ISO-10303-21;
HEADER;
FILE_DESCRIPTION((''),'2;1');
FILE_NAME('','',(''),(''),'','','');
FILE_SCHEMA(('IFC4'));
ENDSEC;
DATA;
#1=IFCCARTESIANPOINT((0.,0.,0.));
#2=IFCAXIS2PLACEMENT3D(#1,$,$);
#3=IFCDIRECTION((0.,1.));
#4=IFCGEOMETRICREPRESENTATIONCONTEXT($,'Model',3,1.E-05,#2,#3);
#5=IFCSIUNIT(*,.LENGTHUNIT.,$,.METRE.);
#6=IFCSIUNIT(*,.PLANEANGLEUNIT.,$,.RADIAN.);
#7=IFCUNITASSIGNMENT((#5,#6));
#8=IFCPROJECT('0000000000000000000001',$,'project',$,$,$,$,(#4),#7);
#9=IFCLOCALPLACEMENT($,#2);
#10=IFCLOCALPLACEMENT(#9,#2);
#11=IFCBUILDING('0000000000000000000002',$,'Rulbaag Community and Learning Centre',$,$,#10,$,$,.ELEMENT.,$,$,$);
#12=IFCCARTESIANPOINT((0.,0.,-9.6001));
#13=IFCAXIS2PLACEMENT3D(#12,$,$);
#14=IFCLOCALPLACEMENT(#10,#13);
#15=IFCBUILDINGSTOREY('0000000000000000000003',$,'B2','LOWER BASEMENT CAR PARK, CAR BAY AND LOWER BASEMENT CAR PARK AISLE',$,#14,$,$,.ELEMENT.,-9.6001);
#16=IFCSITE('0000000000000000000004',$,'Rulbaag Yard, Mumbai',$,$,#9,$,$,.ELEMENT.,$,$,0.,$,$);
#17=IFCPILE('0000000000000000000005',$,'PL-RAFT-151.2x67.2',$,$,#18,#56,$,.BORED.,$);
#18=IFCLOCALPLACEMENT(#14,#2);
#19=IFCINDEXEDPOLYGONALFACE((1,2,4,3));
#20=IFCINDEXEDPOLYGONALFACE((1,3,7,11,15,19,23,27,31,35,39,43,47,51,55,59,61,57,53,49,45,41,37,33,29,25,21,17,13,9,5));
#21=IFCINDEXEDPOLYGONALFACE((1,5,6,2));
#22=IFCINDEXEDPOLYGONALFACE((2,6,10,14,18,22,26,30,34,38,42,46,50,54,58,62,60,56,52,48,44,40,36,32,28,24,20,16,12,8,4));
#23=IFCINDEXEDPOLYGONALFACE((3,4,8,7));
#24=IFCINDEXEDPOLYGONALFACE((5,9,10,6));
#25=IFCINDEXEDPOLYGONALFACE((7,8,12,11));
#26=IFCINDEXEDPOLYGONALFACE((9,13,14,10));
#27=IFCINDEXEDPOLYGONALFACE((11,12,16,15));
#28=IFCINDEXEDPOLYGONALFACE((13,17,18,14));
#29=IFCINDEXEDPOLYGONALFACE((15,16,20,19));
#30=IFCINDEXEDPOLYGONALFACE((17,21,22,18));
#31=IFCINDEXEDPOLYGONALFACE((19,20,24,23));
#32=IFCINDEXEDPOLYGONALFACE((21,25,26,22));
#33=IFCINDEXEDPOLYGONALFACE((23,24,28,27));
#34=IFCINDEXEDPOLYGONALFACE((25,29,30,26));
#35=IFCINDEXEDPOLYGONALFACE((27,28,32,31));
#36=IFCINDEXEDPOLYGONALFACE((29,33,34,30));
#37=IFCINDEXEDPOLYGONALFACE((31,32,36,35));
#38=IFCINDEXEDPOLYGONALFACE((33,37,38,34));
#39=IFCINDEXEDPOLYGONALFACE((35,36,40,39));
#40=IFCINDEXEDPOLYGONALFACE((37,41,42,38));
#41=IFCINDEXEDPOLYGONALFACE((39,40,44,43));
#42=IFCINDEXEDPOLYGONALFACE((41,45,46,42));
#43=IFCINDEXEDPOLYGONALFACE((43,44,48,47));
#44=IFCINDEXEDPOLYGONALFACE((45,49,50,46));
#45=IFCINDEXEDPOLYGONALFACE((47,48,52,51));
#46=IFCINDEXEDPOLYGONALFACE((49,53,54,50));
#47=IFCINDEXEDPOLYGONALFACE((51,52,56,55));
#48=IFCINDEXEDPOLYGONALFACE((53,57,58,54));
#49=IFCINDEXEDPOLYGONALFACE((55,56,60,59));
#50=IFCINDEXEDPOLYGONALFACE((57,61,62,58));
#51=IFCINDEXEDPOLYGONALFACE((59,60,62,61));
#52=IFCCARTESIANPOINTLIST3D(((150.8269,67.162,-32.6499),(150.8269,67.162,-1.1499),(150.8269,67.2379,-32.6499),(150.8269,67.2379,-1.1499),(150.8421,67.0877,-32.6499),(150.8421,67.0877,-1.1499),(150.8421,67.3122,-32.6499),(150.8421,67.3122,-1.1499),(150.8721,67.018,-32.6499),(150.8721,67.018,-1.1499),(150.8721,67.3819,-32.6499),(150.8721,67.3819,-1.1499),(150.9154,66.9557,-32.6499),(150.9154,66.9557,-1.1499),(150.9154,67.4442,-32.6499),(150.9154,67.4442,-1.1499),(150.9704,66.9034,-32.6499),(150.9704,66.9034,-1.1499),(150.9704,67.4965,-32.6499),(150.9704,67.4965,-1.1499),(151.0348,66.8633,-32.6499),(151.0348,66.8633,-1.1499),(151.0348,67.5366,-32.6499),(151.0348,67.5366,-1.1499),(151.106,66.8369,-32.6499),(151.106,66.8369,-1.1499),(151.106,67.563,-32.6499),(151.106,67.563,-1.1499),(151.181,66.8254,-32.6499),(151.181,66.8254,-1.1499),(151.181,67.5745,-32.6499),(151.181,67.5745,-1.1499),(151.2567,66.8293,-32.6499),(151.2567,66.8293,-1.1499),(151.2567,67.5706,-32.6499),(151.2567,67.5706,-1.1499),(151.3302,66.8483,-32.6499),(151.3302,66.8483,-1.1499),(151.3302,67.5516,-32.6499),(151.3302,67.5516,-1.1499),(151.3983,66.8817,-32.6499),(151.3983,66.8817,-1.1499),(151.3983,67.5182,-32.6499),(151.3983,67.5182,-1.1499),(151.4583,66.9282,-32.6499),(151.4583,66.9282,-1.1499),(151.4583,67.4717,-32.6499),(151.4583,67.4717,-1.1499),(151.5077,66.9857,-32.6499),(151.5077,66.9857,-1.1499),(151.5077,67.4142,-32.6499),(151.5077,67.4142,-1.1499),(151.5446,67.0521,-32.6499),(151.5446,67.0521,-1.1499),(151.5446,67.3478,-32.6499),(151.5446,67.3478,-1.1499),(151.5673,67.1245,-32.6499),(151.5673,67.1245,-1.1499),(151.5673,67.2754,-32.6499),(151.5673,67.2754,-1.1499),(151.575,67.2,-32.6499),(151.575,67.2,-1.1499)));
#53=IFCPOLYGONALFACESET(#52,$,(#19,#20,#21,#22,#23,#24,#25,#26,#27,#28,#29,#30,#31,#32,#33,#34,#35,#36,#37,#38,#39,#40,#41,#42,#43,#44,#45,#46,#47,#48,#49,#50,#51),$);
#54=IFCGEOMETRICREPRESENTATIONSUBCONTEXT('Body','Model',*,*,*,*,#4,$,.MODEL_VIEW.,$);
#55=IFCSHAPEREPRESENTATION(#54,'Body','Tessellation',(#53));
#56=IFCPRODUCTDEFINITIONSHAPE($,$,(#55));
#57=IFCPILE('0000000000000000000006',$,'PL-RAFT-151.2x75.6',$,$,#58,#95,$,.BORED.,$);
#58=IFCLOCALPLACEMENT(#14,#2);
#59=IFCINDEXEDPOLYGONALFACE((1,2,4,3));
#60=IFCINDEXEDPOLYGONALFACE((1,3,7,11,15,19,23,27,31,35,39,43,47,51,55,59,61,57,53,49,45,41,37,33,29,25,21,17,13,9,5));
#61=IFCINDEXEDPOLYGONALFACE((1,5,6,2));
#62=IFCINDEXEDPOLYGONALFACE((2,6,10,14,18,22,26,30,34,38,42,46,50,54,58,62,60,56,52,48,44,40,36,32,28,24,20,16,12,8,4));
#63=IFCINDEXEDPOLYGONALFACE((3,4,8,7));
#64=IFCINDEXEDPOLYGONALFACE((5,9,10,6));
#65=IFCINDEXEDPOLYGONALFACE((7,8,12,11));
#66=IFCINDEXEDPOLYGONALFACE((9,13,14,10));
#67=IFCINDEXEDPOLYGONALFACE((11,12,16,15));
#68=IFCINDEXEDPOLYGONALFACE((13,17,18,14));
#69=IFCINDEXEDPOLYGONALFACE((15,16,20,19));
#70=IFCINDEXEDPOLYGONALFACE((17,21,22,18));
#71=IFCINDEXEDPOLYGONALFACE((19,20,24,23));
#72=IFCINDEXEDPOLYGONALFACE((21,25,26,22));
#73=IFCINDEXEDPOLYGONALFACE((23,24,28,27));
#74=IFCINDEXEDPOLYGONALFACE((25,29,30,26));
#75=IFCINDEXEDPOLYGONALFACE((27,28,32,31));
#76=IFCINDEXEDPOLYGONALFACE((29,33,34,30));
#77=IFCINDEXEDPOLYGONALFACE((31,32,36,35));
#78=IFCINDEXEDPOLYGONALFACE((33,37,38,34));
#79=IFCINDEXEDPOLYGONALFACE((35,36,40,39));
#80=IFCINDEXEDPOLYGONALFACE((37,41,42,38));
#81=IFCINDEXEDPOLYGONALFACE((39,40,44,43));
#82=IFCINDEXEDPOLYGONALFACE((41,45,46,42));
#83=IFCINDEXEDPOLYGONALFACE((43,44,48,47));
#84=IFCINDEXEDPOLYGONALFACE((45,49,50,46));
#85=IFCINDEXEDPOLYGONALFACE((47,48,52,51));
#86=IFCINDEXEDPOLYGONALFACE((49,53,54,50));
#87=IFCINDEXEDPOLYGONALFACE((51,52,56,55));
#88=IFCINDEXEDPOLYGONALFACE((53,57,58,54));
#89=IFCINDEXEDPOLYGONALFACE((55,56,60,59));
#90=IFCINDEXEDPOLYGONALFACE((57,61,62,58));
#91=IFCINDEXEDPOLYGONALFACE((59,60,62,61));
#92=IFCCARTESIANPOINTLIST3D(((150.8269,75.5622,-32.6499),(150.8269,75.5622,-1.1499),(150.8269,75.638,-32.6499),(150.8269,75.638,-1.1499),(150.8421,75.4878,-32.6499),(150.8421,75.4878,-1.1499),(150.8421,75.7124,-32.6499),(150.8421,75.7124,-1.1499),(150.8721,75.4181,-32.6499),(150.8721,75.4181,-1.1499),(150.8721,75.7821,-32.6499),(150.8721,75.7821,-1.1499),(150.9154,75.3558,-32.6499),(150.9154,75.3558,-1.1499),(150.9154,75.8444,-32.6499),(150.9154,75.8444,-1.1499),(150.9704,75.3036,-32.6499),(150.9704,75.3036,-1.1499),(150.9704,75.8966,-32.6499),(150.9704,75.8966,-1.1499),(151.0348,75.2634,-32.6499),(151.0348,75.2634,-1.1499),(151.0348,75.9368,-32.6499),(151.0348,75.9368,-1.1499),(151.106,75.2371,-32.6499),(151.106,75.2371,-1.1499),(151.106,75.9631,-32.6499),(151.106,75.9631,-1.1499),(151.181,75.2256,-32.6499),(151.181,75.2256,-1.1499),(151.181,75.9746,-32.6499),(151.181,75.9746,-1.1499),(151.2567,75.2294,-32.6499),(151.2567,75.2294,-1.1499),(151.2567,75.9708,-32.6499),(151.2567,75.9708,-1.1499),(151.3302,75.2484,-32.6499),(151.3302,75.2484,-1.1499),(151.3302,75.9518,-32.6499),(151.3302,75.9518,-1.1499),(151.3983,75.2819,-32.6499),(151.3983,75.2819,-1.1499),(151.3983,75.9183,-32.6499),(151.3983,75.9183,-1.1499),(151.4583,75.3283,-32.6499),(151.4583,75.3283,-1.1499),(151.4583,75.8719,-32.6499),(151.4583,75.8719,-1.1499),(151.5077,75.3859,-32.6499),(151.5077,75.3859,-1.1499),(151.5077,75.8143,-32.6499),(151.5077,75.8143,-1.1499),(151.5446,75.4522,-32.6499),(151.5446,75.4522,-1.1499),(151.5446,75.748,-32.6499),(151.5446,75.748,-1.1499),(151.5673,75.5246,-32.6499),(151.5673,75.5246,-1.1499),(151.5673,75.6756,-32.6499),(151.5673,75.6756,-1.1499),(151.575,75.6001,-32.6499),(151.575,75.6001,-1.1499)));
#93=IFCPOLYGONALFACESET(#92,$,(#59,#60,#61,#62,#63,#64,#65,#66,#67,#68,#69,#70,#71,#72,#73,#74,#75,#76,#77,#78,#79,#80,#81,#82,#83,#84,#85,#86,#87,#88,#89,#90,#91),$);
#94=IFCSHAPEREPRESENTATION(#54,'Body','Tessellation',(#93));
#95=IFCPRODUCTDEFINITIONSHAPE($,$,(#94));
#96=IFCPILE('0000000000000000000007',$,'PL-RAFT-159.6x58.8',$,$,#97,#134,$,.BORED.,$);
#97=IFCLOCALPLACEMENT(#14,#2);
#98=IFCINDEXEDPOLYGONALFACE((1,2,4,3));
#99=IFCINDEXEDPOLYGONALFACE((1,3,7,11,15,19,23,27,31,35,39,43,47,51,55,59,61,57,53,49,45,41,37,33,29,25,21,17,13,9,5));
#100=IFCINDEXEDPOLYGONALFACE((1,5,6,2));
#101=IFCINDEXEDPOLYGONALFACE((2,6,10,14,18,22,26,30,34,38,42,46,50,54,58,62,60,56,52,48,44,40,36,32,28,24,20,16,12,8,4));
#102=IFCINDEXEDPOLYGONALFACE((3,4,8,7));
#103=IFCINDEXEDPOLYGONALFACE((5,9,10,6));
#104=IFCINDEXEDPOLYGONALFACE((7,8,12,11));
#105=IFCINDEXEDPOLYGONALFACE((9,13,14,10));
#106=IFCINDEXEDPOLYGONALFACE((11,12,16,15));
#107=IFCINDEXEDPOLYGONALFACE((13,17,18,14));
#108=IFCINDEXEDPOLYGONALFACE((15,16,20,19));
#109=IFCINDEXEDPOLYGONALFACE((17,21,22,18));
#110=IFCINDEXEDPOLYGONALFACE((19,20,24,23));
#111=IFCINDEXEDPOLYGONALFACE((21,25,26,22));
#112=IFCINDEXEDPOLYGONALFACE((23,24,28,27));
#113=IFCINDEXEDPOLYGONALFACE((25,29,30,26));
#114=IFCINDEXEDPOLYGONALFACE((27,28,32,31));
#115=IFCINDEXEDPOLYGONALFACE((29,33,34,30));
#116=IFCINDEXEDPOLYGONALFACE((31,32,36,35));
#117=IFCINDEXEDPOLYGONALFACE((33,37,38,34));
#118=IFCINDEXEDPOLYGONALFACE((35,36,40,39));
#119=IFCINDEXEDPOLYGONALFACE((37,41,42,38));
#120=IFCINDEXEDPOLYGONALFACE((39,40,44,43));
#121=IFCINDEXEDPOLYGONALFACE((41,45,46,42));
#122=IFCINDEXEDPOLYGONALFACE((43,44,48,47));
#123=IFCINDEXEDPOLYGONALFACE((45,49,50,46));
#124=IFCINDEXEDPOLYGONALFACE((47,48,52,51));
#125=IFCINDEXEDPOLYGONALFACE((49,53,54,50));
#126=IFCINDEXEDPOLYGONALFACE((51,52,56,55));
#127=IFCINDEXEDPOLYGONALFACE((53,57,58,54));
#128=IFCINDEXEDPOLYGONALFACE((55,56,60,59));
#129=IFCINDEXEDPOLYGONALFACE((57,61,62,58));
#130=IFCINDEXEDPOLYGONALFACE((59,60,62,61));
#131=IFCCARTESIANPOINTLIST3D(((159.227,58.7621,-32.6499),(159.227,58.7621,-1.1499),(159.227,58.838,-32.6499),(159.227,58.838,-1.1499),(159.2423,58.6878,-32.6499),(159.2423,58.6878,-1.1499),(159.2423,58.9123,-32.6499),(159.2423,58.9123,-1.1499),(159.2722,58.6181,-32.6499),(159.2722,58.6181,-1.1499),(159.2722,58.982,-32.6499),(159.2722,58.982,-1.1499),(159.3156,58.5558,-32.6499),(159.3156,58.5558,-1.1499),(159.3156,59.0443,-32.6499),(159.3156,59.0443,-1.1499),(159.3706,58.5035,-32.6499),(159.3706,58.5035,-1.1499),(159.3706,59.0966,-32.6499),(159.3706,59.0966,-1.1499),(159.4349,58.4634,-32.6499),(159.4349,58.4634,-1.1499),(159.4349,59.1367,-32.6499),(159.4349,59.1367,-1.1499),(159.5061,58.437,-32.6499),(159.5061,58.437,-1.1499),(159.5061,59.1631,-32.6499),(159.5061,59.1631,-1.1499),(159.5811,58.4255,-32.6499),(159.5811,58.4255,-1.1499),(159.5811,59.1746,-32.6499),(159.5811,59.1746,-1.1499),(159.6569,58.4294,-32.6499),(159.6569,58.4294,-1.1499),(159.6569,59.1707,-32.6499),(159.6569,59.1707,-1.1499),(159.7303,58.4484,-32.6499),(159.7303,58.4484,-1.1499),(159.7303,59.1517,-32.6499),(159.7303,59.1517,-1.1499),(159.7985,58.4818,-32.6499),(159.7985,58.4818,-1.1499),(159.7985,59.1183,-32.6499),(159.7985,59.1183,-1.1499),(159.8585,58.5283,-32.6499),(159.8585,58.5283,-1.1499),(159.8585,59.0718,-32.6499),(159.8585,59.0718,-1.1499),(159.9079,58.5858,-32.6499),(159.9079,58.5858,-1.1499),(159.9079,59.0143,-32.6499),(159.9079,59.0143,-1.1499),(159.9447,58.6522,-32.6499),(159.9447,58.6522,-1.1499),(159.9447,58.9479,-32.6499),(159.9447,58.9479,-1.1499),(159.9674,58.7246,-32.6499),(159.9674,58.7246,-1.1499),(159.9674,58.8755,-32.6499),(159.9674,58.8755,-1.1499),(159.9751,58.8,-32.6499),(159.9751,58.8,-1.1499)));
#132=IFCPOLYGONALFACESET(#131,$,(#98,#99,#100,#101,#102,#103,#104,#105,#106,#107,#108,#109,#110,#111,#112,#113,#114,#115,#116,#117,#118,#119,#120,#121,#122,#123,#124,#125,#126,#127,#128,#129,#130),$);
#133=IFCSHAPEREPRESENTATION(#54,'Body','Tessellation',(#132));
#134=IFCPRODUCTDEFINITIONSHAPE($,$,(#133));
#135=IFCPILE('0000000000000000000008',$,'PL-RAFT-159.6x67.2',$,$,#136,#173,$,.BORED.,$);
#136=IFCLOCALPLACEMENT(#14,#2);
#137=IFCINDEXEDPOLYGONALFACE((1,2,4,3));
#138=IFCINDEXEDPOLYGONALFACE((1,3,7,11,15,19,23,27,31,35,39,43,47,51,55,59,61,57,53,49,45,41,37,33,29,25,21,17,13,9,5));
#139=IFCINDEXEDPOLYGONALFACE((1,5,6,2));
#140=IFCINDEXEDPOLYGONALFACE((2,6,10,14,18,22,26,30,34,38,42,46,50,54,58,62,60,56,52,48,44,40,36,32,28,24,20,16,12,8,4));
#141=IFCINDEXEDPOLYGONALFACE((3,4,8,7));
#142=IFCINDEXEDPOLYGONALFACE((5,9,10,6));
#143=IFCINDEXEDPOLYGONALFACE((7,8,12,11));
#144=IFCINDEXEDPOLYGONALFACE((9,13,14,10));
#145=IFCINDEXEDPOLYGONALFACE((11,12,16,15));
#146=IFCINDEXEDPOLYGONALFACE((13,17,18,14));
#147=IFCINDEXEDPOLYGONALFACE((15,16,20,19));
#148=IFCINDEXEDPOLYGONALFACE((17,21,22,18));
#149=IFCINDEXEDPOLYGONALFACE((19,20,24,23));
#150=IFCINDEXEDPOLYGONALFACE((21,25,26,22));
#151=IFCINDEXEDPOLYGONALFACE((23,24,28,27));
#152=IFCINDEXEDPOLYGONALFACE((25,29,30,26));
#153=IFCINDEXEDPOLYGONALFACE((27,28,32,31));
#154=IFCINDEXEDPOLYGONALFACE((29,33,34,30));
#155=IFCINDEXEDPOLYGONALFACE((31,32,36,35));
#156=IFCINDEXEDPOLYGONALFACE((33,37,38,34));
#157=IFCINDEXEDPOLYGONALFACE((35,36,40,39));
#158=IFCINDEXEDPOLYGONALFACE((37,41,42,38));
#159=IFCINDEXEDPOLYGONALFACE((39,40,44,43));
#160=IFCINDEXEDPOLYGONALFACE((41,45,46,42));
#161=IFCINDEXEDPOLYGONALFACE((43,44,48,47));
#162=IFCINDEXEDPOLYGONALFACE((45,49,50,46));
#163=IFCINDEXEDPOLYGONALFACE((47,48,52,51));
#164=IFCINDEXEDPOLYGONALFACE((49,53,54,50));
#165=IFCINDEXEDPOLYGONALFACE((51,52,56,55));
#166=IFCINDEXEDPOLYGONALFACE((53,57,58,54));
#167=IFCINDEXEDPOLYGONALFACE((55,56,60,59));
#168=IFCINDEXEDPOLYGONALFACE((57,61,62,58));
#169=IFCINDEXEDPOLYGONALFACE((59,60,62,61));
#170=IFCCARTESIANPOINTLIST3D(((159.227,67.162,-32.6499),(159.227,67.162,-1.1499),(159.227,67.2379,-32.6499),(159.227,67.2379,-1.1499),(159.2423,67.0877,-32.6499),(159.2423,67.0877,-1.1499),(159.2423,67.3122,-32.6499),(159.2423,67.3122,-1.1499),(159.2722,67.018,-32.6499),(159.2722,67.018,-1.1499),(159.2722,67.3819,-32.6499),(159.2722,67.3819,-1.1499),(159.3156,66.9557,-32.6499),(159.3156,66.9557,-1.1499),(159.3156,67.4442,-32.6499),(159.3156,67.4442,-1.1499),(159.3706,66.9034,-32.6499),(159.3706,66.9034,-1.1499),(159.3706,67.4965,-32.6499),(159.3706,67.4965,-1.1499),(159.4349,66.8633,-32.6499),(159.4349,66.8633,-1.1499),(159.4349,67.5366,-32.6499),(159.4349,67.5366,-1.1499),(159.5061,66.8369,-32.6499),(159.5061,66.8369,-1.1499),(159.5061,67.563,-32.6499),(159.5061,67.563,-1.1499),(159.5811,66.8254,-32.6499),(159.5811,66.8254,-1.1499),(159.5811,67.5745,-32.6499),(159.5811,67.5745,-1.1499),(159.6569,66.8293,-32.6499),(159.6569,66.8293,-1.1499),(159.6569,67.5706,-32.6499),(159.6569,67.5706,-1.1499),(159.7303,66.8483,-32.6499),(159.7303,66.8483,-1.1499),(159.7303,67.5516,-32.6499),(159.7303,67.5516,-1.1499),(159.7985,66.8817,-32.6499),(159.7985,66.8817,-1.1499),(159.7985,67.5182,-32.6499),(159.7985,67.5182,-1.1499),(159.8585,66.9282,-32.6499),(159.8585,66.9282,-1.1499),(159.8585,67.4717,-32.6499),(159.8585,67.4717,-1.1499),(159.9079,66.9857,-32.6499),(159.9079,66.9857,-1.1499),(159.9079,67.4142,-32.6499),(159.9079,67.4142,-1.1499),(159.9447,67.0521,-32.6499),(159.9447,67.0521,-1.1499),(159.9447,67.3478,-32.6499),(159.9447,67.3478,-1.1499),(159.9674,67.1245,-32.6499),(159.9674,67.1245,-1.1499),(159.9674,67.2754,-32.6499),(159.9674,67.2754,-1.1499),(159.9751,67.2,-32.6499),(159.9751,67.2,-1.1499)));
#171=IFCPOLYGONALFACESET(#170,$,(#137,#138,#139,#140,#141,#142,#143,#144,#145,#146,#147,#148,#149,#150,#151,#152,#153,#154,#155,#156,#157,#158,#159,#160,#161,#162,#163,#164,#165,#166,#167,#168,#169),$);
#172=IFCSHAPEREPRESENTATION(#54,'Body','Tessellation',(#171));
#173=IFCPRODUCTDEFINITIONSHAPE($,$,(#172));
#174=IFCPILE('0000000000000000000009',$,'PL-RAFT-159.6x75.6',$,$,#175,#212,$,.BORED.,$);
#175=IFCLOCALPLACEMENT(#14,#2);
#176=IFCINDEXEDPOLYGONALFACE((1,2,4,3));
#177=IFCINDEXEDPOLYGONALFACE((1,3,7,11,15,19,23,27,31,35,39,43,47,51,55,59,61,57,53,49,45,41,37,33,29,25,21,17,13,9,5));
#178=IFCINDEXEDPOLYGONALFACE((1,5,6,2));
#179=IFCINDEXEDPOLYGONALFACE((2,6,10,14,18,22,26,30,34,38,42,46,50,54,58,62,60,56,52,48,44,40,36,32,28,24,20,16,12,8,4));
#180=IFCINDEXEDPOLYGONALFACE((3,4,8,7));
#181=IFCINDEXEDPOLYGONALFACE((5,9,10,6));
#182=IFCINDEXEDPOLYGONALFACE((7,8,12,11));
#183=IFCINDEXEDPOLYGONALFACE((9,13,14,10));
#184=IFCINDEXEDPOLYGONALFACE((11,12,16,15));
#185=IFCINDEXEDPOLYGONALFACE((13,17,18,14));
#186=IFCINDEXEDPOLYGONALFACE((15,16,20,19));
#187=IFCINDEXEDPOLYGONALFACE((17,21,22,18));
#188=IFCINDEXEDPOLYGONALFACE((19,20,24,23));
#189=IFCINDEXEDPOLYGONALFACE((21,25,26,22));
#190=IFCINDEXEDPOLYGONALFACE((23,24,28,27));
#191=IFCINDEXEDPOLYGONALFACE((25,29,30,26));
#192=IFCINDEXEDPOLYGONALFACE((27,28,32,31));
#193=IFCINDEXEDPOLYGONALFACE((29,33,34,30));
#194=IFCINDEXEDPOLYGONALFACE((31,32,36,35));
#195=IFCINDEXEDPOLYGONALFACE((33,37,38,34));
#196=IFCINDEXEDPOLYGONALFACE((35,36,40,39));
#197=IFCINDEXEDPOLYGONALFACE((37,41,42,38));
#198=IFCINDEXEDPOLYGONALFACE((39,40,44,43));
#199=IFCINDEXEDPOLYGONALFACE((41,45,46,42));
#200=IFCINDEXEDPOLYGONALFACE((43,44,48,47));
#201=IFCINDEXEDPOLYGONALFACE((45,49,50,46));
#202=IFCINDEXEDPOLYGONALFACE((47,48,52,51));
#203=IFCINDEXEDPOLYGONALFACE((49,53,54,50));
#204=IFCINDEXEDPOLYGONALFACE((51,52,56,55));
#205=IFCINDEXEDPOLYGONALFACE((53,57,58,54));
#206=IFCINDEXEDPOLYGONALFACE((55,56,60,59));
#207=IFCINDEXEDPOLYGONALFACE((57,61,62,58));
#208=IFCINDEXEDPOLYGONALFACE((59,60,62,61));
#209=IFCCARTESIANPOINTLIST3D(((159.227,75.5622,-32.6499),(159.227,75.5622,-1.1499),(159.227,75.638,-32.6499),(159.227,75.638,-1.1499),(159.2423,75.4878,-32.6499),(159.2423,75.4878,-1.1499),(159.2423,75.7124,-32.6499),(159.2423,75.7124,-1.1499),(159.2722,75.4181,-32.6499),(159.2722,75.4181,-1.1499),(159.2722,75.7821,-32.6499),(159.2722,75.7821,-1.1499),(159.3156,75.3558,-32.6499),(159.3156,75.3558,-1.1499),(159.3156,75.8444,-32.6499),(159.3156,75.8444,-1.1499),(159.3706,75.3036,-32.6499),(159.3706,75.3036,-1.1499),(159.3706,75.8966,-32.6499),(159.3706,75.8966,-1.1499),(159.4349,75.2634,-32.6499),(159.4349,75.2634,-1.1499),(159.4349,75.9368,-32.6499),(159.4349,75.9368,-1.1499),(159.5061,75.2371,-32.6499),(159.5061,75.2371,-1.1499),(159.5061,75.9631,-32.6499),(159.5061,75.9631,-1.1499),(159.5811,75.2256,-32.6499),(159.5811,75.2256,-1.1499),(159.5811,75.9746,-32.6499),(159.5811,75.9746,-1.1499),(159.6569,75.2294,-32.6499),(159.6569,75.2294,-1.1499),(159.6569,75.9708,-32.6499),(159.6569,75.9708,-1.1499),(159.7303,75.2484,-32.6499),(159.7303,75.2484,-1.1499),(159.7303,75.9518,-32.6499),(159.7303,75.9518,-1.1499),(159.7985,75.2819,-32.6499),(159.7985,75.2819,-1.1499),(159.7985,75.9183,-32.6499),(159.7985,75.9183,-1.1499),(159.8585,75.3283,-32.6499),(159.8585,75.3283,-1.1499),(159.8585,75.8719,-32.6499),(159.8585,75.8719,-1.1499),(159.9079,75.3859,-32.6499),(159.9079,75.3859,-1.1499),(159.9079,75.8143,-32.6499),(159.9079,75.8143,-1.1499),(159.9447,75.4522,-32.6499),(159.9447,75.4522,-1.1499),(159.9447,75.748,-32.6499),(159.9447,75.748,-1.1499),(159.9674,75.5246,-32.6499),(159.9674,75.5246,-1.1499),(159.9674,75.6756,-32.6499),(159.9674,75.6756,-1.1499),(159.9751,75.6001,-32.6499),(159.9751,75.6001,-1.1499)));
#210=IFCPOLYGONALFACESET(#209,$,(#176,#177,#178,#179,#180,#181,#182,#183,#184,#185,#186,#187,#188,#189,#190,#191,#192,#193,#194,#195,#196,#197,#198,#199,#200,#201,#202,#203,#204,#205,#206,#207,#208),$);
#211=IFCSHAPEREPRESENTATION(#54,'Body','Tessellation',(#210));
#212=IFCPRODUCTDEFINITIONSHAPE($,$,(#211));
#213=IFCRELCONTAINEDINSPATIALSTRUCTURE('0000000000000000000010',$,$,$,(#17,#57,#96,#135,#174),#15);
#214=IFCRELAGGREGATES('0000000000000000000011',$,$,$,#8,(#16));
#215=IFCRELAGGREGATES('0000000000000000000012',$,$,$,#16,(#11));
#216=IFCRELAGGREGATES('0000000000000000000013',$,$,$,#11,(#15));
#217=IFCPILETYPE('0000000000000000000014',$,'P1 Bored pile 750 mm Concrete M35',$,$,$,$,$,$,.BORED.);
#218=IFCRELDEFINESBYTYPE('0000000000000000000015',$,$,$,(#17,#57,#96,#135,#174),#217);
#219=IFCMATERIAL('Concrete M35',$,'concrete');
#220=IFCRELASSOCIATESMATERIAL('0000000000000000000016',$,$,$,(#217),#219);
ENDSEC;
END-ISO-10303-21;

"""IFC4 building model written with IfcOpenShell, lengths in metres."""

from ifc_helpers import new_model, si_unit, direction, frame, origin, origin_2d, place, context, subcontext, project, spatial, circle, extrude, material, material_profile, profile_set, type_object, element, save


model = new_model("IFC4")

# Units and contexts
model_context = context("Model", 3, precision=1e-05, world=origin(), true_north=direction((0.0, 1.0)))
body_context = subcontext(model_context, "Body", "Model", "MODEL_VIEW")
ifc_project = project(units=[si_unit("LENGTHUNIT", "METRE"), si_unit("PLANEANGLEUNIT", "RADIAN")], contexts=[model_context])

# Site, building, storey
site_placement = place(None, origin())
site = spatial("IfcSite", under=ifc_project, at=site_placement, Name="Rulbaag Yard, Mumbai", CompositionType="ELEMENT", RefElevation=0.0)
building_placement = place(site_placement, origin())
building = spatial("IfcBuilding", under=site, at=building_placement, Name="Rulbaag Community and Learning Centre", CompositionType="ELEMENT")
storey_placement = place(building_placement, frame((0.0, 0.0, -9.6001)))
storey = spatial("IfcBuildingStorey", under=building, at=storey_placement, Name="B2", Description="LOWER BASEMENT CAR PARK, CAR BAY AND LOWER BASEMENT CAR PARK AISLE", CompositionType="ELEMENT", Elevation=-9.6001)

# Piles
ifc_material_1 = material(Name="Concrete M35", Category="concrete")
ifc_material_profile_1 = material_profile(ifc_material_1, circle(Radius=0.375, at=origin_2d()), Name="BP750")
ifc_profile_set_1 = profile_set([ifc_material_profile_1], Name="Concrete M35")
pile_type_1 = type_object("IfcPileType", Name="P1 Bored pile 750 mm Concrete M35", PredefinedType="BORED", material=ifc_profile_set_1)
for number, where, z_axis, x_axis, name in (
    (1, (151.2, 67.2, -1.1499), (0.0, 0.0, -1.0), (1.0, 0.0, 0.0), "PL-RAFT-151.2x67.2"),
    (2, (151.2, 75.6001, -1.1499), (0.0, 0.0, -1.0), (1.0, 0.0, 0.0), "PL-RAFT-151.2x75.6"),
    (3, (159.6001, 58.8, -1.1499), (0.0, 0.0, -1.0), (1.0, 0.0, 0.0), "PL-RAFT-159.6x58.8"),
    (4, (159.6001, 67.2, -1.1499), (0.0, 0.0, -1.0), (1.0, 0.0, 0.0), "PL-RAFT-159.6x67.2"),
    (5, (159.6001, 75.6001, -1.1499), (0.0, 0.0, -1.0), (1.0, 0.0, 0.0), "PL-RAFT-159.6x75.6"),
):
    element("IfcPile", number, at=place(storey_placement, frame(where, z_axis=z_axis, x_axis=x_axis)), inside=storey, type_object=pile_type_1, Name=name, PredefinedType="BORED", context=body_context, shape_type="SweptSolid", body=[
        extrude(circle(Radius=0.375, at=origin_2d()), origin(), (0.0, 0.0, 1.0), 31.5),
    ])

save(model, "model.ifc")
